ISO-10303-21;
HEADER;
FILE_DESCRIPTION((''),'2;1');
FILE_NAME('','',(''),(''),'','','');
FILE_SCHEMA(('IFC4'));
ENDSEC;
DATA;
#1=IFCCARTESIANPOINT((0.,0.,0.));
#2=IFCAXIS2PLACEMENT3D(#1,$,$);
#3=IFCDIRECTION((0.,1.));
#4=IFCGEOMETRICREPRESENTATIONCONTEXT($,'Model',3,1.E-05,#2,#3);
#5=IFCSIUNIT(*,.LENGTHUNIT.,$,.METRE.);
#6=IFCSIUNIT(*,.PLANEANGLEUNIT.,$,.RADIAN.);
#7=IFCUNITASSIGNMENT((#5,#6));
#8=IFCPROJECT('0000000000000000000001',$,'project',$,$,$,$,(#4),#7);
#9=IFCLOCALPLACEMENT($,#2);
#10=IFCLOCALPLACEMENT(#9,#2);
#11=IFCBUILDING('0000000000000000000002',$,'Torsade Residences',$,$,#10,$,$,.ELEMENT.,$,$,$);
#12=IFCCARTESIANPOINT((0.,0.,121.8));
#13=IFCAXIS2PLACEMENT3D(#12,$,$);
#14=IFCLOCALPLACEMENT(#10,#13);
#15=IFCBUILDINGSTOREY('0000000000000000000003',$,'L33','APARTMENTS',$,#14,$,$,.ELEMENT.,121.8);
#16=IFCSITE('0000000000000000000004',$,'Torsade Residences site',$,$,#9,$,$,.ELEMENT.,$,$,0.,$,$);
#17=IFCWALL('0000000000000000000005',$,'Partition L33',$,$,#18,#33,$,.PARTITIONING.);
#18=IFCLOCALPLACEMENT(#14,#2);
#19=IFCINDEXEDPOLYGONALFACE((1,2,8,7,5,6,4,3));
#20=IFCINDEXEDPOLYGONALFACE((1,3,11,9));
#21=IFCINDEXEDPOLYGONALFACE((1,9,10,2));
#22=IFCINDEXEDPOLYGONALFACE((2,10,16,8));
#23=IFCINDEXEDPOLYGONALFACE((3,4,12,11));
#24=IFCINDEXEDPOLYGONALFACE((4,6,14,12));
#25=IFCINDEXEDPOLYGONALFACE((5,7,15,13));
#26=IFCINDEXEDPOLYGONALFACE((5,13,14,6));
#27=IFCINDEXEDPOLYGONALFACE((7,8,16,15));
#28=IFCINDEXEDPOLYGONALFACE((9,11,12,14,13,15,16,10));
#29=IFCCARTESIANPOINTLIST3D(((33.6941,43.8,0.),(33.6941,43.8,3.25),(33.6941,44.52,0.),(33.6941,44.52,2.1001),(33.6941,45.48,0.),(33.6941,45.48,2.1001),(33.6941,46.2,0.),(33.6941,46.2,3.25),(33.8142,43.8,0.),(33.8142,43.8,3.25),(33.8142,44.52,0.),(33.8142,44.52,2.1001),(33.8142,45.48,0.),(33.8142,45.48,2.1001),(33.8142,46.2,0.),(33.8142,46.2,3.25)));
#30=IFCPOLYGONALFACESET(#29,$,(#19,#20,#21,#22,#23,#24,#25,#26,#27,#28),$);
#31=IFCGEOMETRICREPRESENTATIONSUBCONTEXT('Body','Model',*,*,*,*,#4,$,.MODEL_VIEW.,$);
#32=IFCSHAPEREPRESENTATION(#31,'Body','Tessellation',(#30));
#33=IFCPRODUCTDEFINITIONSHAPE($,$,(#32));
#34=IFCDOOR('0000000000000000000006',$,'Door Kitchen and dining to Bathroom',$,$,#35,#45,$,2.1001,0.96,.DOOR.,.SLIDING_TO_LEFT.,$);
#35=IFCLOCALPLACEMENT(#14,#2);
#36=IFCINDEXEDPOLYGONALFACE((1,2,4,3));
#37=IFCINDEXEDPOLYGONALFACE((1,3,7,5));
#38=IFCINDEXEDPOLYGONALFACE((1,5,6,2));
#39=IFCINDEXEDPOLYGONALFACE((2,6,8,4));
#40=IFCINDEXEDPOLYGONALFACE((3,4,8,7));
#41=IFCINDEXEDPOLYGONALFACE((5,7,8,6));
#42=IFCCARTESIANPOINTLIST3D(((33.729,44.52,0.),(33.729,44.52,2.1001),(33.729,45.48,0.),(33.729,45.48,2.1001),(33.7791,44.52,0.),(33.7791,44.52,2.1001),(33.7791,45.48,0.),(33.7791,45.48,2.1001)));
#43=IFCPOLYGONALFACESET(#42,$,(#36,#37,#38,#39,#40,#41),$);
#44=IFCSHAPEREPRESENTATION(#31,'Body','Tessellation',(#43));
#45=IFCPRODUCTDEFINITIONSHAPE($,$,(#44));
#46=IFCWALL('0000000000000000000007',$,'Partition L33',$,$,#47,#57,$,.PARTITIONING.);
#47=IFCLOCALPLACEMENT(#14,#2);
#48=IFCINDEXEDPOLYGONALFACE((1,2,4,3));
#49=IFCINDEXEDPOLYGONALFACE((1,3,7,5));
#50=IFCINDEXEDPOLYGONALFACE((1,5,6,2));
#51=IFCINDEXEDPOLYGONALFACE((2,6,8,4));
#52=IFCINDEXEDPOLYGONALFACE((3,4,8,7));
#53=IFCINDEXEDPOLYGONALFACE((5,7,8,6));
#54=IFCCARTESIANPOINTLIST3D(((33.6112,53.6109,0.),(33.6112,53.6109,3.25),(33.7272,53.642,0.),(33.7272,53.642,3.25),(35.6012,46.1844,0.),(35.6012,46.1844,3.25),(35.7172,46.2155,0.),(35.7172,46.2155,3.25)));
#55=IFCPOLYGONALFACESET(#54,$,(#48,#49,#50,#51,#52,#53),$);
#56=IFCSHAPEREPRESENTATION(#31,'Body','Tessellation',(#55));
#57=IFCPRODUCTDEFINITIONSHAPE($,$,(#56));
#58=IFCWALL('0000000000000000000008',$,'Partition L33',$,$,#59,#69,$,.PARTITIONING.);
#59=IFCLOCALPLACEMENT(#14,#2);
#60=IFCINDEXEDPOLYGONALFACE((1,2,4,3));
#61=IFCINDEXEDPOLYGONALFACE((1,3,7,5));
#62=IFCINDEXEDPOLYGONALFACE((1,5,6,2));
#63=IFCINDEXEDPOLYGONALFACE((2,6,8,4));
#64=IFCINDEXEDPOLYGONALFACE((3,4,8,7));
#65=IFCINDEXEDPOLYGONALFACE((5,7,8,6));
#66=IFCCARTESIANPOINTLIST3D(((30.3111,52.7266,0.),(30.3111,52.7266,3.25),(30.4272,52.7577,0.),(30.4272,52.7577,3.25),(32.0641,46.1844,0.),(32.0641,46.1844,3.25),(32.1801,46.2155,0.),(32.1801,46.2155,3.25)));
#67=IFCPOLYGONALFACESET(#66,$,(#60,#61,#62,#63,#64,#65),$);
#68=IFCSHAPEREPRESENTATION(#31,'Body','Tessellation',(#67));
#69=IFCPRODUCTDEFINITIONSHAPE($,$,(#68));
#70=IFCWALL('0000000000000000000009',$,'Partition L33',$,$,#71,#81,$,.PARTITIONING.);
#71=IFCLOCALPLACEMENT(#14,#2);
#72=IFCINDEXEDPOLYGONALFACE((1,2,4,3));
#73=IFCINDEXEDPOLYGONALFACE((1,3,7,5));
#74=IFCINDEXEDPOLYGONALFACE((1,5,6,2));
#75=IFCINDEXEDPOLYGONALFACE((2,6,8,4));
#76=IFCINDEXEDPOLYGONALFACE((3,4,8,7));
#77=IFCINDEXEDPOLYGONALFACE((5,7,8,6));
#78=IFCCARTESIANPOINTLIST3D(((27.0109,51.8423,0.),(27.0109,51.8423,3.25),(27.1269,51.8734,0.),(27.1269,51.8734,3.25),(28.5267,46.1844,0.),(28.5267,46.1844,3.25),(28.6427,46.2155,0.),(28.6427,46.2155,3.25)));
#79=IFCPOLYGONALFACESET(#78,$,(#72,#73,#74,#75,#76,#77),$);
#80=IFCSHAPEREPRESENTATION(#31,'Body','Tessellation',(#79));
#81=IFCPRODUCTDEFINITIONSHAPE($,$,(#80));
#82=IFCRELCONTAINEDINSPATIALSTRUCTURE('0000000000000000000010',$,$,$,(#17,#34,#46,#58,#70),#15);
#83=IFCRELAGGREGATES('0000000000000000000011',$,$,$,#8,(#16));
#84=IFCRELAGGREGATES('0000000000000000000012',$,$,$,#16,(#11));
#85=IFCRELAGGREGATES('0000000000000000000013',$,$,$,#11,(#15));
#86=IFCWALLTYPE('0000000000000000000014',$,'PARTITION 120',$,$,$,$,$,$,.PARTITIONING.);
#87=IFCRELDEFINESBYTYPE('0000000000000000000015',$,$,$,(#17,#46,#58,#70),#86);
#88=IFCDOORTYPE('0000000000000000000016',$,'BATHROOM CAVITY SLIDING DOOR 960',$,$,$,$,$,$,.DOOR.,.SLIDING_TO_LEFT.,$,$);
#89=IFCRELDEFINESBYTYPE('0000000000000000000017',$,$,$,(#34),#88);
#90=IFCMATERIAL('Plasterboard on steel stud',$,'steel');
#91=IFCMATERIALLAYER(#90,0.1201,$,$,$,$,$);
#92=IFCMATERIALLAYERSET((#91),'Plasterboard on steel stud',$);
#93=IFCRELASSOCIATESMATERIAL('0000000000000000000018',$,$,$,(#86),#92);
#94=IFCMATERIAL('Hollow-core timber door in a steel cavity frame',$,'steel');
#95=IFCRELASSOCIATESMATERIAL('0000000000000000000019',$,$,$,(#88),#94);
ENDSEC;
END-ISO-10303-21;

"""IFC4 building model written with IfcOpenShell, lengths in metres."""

from ifc_helpers import new_model, si_unit, direction, frame, frame_2d, origin, place, context, subcontext, project, spatial, rectangle, extrude, material, layer, layer_set, type_object, element, fill, save


model = new_model("IFC4")

# Units and contexts
model_context = context("Model", 3, precision=1e-05, world=origin(), true_north=direction((0.0, 1.0)))
body_context = subcontext(model_context, "Body", "Model", "MODEL_VIEW")
ifc_project = project(units=[si_unit("LENGTHUNIT", "METRE"), si_unit("PLANEANGLEUNIT", "RADIAN")], contexts=[model_context])

# Site, building, storey
site_placement = place(None, origin())
site = spatial("IfcSite", under=ifc_project, at=site_placement, Name="Torsade Residences site", CompositionType="ELEMENT", RefElevation=0.0)
building_placement = place(site_placement, origin())
building = spatial("IfcBuilding", under=site, at=building_placement, Name="Torsade Residences", CompositionType="ELEMENT")
storey_placement = place(building_placement, frame((0.0, 0.0, 121.8)))
storey = spatial("IfcBuildingStorey", under=building, at=storey_placement, Name="L33", Description="APARTMENTS", CompositionType="ELEMENT", Elevation=121.8)

# Wall, opening, door
ifc_material_1 = material(Name="Plasterboard on steel stud", Category="steel")
ifc_layer_1 = layer(ifc_material_1, 0.1201)
ifc_layer_set_1 = layer_set([ifc_layer_1], Name="Plasterboard on steel stud")
wall_type_1 = type_object("IfcWallType", Name="PARTITION 120", PredefinedType="PARTITIONING", material=ifc_layer_set_1)
wall_1_placement = place(storey_placement, frame((33.7542, 46.2, 0.0), z_axis=(0.0, 0.0, 1.0), x_axis=(0.0, -1.0, 0.0)))
wall_1 = element("IfcWall", 1, at=wall_1_placement, inside=storey, type_object=wall_type_1, Name="Partition L33", PredefinedType="PARTITIONING", context=body_context, shape_type="SweptSolid", body=[
    extrude(rectangle(XDim=2.3999, YDim=0.1201, at=frame_2d((1.2, 0.0))), origin(), (0.0, 0.0, 1.0), 3.25),
])
opening_1_placement = place(wall_1_placement, frame((0.72, 0.0, 0.0)))
opening_1 = element("IfcOpeningElement", 2, at=opening_1_placement, cuts=wall_1, PredefinedType="OPENING", context=body_context, shape_type="SweptSolid", body=[
    extrude(rectangle(XDim=0.96, YDim=2.1001, at=frame_2d((0.48, 1.05))), frame((0.0, 0.0701, 0.0), z_axis=(0.0, -1.0, 0.0), x_axis=(1.0, 0.0, 0.0)), (0.0, 0.0, 1.0), 0.1401),
])
ifc_material_2 = material(Name="Hollow-core timber door in a steel cavity frame", Category="steel")
door_type_1 = type_object("IfcDoorType", Name="BATHROOM CAVITY SLIDING DOOR 960", OperationType="SLIDING_TO_LEFT", PredefinedType="DOOR", material=ifc_material_2)
door_1_placement = place(opening_1_placement, origin())
door_1 = element("IfcDoor", 3, at=door_1_placement, inside=storey, type_object=door_type_1, Name="Door Kitchen and dining to Bathroom", OperationType="SLIDING_TO_LEFT", OverallHeight=2.1001, OverallWidth=0.96, PredefinedType="DOOR", context=body_context, shape_type="SweptSolid", body=[
    extrude(rectangle(XDim=0.96, YDim=2.1001, at=frame_2d((0.48, 1.05))), frame((0.0, 0.0249, 0.0), z_axis=(0.0, -1.0, 0.0), x_axis=(1.0, 0.0, 0.0)), (0.0, 0.0, 1.0), 0.05),
])
fill(opening_1, door_1)

# Walls
wall_2_placement = place(storey_placement, frame((35.6592, 46.2, 0.0), z_axis=(0.0, 0.0, 1.0), x_axis=(-0.258827, 0.965924, 0.0)))
element("IfcWall", 4, at=wall_2_placement, inside=storey, type_object=wall_type_1, Name="Partition L33", PredefinedType="PARTITIONING", context=body_context, shape_type="SweptSolid", body=[
    extrude(rectangle(XDim=7.6885, YDim=0.1201, at=frame_2d((3.8442, 0.0))), origin(), (0.0, 0.0, 1.0), 3.25),
])
wall_3_placement = place(storey_placement, frame((32.1221, 46.2, 0.0), z_axis=(0.0, 0.0, 1.0), x_axis=(-0.258811, 0.965928, 0.0)))
element("IfcWall", 5, at=wall_3_placement, inside=storey, type_object=wall_type_1, Name="Partition L33", PredefinedType="PARTITIONING", context=body_context, shape_type="SweptSolid", body=[
    extrude(rectangle(XDim=6.7729, YDim=0.1201, at=frame_2d((3.3865, 0.0))), origin(), (0.0, 0.0, 1.0), 3.25),
])
wall_4_placement = place(storey_placement, frame((28.5847, 46.2, 0.0), z_axis=(0.0, 0.0, 1.0), x_axis=(-0.258791, 0.965933, 0.0)))
element("IfcWall", 6, at=wall_4_placement, inside=storey, type_object=wall_type_1, Name="Partition L33", PredefinedType="PARTITIONING", context=body_context, shape_type="SweptSolid", body=[
    extrude(rectangle(XDim=5.8574, YDim=0.1201, at=frame_2d((2.9287, 0.0))), origin(), (0.0, 0.0, 1.0), 3.25),
])

save(model, "model.ifc")
